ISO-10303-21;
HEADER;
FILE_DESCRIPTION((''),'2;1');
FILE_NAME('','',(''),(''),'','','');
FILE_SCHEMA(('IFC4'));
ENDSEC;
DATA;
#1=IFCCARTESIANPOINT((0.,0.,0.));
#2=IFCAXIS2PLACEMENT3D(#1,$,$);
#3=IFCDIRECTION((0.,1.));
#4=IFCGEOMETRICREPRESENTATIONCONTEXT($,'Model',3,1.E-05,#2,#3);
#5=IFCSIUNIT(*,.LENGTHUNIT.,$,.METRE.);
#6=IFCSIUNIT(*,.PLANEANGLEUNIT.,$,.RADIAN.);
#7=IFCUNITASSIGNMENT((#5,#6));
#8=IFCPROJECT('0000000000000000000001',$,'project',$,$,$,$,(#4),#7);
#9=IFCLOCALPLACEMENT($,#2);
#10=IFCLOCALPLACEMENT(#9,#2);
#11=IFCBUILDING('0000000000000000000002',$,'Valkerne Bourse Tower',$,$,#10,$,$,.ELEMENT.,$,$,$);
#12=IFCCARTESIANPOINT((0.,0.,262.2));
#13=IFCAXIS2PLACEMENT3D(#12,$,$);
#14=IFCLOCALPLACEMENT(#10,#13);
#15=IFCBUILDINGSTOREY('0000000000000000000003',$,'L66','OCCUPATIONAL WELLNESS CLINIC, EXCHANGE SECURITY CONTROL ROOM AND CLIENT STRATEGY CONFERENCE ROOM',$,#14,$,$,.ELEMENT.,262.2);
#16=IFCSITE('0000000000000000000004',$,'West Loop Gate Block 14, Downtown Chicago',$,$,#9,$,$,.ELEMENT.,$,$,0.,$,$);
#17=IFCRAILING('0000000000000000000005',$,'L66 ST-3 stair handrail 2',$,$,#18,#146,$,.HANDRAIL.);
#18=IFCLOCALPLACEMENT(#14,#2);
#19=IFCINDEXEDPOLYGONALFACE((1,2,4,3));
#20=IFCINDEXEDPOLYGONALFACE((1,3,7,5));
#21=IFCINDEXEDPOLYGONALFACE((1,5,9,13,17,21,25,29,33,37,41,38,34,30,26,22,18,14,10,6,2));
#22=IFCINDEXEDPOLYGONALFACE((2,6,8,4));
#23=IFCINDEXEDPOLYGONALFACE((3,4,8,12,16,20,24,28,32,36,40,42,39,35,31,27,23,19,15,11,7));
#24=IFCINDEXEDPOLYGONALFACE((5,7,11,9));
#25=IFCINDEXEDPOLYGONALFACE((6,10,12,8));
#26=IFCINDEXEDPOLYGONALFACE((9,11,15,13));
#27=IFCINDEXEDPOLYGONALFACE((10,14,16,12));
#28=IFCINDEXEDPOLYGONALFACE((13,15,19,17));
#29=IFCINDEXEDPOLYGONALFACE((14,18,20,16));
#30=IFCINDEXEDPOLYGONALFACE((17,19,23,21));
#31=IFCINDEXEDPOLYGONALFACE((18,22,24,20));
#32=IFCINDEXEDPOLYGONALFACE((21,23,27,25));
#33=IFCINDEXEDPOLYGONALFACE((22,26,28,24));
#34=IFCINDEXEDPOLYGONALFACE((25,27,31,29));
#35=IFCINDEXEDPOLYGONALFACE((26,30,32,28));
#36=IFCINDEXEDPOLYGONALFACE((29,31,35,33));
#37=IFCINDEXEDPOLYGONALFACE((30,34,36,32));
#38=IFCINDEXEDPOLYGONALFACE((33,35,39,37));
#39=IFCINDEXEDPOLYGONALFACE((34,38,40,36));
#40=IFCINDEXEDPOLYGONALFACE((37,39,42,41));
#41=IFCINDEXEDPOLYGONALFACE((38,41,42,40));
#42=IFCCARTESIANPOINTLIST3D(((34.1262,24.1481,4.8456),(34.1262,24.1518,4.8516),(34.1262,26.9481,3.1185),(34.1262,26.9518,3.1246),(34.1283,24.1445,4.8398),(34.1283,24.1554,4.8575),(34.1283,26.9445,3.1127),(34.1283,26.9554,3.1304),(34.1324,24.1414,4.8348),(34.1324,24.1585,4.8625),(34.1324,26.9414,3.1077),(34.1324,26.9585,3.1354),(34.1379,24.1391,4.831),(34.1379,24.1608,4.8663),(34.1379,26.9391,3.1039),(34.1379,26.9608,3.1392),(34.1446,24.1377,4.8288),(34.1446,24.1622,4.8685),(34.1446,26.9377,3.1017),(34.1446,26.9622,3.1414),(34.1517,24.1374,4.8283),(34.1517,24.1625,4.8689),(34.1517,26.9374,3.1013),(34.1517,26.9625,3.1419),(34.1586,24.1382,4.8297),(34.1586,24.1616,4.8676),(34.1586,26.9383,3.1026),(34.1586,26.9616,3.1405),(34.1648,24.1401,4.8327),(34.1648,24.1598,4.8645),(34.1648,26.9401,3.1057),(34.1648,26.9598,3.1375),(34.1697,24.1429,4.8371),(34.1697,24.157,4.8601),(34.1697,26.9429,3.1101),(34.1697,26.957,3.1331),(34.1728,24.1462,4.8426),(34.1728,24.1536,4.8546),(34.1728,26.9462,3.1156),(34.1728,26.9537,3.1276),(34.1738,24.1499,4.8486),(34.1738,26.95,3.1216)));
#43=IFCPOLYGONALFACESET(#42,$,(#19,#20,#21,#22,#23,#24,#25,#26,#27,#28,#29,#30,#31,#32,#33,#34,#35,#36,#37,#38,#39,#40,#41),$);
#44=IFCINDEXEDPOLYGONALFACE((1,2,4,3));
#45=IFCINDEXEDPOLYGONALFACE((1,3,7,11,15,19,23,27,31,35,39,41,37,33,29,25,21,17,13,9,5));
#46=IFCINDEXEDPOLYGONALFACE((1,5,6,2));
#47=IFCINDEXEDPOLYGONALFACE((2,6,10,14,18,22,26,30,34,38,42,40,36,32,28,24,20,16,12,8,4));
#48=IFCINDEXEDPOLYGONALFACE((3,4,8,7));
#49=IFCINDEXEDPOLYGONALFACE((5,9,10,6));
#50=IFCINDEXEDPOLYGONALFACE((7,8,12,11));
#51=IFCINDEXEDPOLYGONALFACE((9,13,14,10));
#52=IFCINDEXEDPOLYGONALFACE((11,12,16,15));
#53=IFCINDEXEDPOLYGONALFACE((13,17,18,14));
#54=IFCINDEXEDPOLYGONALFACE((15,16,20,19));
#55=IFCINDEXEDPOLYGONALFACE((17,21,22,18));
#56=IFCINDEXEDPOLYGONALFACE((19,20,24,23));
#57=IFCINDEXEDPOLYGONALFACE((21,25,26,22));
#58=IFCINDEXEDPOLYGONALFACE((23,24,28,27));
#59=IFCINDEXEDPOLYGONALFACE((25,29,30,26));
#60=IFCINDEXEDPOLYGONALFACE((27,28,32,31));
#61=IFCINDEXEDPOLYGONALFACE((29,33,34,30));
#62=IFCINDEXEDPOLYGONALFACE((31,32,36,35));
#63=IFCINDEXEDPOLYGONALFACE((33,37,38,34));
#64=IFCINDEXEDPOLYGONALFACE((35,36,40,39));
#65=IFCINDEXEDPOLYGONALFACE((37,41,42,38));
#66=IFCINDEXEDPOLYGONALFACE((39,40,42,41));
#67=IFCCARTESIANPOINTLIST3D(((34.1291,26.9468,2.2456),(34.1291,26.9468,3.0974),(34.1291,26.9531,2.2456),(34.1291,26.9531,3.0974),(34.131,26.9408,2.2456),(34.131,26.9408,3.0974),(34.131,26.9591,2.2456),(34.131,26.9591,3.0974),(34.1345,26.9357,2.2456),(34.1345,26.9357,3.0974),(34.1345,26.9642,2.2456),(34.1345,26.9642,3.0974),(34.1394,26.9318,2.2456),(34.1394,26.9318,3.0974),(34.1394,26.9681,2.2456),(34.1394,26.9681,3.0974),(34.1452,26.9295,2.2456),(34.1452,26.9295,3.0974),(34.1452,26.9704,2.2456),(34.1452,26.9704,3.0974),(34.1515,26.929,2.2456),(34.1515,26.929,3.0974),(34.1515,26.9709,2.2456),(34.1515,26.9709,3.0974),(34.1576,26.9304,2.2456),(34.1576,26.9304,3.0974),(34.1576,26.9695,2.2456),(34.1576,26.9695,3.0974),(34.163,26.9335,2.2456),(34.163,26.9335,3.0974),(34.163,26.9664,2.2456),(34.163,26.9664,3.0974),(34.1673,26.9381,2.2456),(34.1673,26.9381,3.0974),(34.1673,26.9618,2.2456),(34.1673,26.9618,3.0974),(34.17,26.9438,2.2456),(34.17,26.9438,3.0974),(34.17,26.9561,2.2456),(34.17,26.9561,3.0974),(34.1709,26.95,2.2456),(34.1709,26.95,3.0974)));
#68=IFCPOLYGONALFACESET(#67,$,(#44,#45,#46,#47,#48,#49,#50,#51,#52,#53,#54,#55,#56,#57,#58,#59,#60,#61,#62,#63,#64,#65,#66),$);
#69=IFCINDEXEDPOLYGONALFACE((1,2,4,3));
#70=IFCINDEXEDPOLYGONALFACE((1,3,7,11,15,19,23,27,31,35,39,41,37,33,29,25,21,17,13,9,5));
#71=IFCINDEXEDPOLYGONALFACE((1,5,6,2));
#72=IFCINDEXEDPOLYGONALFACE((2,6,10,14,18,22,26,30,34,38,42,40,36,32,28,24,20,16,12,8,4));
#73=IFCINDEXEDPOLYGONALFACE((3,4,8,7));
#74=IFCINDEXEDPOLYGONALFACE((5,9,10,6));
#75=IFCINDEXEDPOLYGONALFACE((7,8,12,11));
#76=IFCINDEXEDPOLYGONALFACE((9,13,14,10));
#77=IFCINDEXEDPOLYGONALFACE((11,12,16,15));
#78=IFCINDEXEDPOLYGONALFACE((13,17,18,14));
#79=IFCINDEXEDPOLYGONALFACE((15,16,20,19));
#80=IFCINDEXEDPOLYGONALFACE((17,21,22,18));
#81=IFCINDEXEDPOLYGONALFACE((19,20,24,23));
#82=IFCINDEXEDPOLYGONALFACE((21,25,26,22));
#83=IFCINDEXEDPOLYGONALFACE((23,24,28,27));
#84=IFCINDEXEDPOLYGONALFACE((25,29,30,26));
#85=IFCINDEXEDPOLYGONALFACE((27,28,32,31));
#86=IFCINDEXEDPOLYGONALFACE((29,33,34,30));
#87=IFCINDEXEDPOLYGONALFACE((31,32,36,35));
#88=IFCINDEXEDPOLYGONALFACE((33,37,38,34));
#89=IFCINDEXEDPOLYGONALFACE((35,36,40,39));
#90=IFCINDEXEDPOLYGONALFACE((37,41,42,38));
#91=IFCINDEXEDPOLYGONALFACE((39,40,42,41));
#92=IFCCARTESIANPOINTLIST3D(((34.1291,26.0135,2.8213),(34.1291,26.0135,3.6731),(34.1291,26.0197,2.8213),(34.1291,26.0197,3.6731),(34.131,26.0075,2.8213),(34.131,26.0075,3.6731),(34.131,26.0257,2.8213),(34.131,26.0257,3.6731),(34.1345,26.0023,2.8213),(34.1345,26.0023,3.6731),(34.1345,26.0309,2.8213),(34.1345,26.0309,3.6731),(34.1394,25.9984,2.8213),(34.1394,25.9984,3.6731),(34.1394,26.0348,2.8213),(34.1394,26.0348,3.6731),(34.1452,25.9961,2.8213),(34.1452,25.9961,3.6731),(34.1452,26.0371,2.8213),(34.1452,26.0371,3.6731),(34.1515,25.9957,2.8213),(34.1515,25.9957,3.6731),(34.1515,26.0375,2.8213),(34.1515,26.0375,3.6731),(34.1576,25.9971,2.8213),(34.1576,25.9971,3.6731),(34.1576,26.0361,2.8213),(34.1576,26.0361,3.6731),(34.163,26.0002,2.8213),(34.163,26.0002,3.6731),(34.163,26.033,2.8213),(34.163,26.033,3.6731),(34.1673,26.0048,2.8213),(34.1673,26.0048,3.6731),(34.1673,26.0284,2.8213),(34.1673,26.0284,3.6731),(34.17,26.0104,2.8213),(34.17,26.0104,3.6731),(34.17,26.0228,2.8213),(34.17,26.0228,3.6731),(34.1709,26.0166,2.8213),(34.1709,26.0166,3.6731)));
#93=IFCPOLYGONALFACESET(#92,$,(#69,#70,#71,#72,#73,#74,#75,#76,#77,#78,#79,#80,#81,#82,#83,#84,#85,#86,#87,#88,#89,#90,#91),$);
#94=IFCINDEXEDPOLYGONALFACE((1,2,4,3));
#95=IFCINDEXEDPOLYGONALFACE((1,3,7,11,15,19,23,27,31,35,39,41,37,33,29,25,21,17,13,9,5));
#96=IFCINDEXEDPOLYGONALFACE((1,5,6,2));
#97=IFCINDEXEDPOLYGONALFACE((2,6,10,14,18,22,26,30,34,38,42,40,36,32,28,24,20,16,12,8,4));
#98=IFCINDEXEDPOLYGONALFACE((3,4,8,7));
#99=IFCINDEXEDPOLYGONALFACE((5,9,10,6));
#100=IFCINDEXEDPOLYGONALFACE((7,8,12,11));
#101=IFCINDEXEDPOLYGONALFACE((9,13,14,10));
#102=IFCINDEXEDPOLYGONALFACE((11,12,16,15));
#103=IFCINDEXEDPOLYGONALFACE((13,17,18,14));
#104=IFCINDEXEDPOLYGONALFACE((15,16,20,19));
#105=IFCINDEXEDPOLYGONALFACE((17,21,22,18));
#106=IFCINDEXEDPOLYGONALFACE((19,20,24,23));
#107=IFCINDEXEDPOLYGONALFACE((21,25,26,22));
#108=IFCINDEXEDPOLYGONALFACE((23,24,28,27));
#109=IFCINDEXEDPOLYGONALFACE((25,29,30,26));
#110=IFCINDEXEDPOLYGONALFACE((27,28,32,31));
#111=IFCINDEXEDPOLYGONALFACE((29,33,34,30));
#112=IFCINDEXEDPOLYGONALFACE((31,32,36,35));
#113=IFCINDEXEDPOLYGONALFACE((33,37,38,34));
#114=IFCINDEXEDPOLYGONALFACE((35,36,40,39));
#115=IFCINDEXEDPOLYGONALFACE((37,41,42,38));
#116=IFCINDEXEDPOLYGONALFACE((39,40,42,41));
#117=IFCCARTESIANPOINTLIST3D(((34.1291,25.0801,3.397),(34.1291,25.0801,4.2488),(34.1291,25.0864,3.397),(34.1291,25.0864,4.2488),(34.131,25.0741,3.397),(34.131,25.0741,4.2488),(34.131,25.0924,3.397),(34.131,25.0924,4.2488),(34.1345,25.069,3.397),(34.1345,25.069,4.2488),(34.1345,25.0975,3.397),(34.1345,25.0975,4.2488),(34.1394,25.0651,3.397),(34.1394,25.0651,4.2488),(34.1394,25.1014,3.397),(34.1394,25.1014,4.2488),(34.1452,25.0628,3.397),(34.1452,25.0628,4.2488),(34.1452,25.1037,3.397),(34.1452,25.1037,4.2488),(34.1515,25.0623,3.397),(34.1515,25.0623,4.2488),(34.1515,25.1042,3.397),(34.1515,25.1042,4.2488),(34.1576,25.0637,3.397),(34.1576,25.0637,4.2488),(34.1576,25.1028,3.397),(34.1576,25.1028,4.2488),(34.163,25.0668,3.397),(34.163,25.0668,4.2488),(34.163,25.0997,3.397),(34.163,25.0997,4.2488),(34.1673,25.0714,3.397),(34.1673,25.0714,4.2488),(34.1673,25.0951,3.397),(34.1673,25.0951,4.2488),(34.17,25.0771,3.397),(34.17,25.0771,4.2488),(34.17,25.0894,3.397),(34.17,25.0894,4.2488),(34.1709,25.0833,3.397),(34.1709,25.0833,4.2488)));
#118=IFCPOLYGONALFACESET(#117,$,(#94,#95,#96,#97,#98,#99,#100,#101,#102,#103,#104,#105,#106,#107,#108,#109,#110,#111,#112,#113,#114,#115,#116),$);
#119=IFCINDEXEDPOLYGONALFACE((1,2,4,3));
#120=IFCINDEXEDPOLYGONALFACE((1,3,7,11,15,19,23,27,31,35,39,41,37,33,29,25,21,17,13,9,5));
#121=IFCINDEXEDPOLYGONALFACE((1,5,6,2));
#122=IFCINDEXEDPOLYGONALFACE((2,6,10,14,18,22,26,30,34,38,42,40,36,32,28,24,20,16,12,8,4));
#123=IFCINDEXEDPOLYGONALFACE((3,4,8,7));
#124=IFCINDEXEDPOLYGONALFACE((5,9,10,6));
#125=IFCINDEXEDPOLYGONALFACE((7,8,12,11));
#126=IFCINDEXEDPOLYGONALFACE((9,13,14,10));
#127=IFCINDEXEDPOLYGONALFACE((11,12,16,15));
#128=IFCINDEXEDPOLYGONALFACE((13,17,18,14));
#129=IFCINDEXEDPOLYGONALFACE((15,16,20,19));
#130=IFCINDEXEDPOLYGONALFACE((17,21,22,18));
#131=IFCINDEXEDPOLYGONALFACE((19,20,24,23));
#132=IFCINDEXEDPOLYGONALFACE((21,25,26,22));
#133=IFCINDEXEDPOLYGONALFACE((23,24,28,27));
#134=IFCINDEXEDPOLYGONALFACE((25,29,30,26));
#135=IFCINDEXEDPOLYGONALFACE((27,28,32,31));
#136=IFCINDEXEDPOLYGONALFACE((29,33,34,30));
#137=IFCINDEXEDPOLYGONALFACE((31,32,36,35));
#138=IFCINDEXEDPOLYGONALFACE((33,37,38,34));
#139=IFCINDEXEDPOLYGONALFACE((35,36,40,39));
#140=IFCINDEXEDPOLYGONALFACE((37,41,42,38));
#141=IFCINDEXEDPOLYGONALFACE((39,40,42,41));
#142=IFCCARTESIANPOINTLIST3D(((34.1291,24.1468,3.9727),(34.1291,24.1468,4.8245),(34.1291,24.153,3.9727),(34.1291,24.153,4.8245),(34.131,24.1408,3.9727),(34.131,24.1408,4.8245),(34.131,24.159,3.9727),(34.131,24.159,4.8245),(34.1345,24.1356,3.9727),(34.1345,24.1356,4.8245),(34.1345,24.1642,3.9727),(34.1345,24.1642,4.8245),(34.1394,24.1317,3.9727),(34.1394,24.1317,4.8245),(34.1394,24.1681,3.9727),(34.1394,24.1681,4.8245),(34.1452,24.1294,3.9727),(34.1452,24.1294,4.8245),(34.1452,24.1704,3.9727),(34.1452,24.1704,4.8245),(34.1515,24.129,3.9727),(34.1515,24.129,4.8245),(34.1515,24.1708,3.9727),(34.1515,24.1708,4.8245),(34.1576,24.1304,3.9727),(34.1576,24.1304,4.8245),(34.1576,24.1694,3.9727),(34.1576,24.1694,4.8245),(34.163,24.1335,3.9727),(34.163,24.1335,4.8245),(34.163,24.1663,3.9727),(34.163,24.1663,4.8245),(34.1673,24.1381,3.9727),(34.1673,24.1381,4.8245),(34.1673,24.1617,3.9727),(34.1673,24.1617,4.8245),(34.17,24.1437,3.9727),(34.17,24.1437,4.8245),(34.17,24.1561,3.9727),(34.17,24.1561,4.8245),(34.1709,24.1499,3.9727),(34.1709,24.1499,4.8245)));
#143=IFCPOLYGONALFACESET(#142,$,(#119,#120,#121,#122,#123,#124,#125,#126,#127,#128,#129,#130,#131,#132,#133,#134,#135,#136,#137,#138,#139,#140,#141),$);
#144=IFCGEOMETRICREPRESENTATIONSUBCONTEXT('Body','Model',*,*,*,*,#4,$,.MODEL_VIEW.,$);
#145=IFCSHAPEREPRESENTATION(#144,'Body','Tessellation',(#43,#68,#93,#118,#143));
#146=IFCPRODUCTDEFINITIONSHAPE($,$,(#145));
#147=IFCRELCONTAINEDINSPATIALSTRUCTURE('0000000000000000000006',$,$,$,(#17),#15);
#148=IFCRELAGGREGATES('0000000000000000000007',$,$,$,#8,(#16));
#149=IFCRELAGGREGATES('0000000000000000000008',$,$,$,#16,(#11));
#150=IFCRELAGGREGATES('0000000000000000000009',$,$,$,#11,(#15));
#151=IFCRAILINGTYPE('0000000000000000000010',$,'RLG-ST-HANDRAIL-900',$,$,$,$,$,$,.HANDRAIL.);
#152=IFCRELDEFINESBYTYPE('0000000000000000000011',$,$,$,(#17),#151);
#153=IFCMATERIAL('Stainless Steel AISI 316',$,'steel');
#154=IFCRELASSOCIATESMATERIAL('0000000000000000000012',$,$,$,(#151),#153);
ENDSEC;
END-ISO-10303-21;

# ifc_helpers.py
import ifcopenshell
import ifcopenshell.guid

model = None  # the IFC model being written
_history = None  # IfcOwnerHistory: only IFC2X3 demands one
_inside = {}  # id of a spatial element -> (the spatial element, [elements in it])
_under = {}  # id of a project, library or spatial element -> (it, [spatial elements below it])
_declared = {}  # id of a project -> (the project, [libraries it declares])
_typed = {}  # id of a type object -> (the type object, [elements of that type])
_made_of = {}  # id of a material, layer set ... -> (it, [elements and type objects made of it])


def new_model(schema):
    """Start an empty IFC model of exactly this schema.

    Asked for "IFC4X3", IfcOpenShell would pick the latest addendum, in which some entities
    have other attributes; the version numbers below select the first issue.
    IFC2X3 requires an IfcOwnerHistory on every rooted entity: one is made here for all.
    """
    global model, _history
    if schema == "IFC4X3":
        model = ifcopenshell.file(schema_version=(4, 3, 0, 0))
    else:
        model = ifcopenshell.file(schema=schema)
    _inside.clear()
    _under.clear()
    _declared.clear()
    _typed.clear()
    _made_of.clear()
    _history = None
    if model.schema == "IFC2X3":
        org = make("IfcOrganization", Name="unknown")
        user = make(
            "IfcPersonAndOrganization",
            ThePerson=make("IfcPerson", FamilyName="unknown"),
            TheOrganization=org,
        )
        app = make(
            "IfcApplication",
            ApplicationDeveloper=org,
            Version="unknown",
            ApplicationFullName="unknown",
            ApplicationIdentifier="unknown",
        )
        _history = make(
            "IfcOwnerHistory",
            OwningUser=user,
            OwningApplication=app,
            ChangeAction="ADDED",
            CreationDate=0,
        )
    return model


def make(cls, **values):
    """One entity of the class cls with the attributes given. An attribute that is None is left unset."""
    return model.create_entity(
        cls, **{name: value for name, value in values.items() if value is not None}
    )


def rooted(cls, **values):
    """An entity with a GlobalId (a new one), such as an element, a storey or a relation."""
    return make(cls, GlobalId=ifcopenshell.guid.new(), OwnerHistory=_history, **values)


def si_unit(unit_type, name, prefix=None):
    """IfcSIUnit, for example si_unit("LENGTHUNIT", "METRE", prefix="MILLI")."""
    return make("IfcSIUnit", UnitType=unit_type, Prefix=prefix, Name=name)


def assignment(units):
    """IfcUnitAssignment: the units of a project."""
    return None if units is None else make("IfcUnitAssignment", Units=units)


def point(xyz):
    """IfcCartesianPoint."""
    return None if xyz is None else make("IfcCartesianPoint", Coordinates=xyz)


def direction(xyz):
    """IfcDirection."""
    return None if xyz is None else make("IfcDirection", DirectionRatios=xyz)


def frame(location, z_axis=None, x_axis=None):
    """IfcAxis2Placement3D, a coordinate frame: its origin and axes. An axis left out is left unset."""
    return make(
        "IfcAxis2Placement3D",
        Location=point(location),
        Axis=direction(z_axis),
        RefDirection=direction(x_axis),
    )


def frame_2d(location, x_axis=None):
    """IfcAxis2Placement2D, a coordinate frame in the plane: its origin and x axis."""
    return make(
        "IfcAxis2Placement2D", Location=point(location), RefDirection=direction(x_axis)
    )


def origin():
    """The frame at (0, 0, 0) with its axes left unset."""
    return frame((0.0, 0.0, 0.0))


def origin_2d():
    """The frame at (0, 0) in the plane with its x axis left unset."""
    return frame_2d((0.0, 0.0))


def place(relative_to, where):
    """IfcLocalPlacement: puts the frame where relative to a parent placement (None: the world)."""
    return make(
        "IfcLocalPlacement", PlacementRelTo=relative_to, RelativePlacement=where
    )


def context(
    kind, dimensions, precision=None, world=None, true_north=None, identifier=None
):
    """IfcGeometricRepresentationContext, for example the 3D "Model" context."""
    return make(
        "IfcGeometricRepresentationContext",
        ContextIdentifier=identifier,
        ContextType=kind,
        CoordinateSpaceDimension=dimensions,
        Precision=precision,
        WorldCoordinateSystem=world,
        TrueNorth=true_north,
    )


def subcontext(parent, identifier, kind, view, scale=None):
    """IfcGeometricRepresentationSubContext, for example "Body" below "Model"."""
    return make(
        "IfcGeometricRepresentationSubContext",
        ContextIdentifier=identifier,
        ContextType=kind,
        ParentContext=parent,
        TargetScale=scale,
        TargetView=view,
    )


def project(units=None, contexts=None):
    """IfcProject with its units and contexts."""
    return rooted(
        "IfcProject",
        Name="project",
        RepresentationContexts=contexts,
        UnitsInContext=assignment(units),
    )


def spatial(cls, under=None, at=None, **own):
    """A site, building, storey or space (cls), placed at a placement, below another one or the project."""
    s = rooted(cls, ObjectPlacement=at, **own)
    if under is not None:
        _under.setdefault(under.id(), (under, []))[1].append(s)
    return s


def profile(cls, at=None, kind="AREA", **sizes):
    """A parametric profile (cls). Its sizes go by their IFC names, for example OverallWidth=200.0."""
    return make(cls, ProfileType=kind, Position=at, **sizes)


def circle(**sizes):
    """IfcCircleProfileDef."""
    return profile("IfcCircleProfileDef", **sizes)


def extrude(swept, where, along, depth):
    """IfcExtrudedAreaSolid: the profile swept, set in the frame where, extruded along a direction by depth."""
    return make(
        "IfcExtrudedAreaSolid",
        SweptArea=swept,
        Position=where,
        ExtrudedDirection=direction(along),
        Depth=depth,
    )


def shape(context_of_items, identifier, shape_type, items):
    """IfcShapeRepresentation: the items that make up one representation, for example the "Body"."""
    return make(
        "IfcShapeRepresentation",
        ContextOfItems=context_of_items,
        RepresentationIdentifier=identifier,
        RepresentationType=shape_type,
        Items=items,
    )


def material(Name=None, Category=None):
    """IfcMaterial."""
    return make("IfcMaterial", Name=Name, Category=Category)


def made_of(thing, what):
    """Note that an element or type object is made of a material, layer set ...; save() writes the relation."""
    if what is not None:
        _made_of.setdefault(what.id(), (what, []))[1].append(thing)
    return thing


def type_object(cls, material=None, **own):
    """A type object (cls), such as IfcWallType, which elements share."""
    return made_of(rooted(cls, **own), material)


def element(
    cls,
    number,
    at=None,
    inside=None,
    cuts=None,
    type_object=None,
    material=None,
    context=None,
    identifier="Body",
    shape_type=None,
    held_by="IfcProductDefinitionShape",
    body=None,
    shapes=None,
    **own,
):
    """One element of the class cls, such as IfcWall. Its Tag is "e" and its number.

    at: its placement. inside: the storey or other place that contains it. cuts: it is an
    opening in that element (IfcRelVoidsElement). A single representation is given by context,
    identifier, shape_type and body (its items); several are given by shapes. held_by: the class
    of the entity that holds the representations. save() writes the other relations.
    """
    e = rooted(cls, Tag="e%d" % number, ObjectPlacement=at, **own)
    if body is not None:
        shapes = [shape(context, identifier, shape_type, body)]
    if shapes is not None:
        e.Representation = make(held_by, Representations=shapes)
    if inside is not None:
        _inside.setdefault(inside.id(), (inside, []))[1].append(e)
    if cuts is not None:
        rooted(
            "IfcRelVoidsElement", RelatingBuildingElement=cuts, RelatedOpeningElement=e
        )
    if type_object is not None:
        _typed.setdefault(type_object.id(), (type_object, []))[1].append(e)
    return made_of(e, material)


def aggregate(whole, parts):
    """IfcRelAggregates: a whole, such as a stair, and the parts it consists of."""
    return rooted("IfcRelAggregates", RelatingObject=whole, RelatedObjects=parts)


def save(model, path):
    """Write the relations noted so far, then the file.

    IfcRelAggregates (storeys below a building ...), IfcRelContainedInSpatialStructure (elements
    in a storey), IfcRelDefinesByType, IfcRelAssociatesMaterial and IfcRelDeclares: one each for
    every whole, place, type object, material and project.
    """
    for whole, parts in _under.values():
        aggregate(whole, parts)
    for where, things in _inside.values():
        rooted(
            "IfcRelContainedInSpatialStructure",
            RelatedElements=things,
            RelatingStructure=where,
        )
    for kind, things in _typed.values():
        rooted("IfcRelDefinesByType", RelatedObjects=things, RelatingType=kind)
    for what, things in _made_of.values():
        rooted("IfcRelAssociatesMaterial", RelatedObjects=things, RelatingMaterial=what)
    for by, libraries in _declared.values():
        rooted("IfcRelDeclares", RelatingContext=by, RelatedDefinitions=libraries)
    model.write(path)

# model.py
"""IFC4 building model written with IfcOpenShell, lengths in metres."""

from ifc_helpers import new_model, si_unit, direction, frame, origin, origin_2d, place, context, subcontext, project, spatial, circle, extrude, material, type_object, element, save


model = new_model("IFC4")

# Units and contexts
model_context = context("Model", 3, precision=1e-05, world=origin(), true_north=direction((0.0, 1.0)))
body_context = subcontext(model_context, "Body", "Model", "MODEL_VIEW")
ifc_project = project(units=[si_unit("LENGTHUNIT", "METRE"), si_unit("PLANEANGLEUNIT", "RADIAN")], contexts=[model_context])

# Site, building, storey
site_placement = place(None, origin())
site = spatial("IfcSite", under=ifc_project, at=site_placement, Name="West Loop Gate Block 14, Downtown Chicago", CompositionType="ELEMENT", RefElevation=0.0)
building_placement = place(site_placement, origin())
building = spatial("IfcBuilding", under=site, at=building_placement, Name="Valkerne Bourse Tower", CompositionType="ELEMENT")
storey_placement = place(building_placement, frame((0.0, 0.0, 262.2)))
storey = spatial("IfcBuildingStorey", under=building, at=storey_placement, Name="L66", Description="OCCUPATIONAL WELLNESS CLINIC, EXCHANGE SECURITY CONTROL ROOM AND CLIENT STRATEGY CONFERENCE ROOM", CompositionType="ELEMENT", Elevation=262.2)

# Railing
ifc_material_1 = material(Name="Stainless Steel AISI 316", Category="steel")
railing_type_1 = type_object("IfcRailingType", Name="RLG-ST-HANDRAIL-900", PredefinedType="HANDRAIL", material=ifc_material_1)
railing_1_placement = place(storey_placement, frame((34.1499, 26.95, 2.2456)))
element("IfcRailing", 1, at=railing_1_placement, inside=storey, type_object=railing_type_1, Name="L66 ST-3 stair handrail 2", PredefinedType="HANDRAIL", context=body_context, shape_type="SweptSolid", body=[
    extrude(circle(Radius=0.0239, at=origin_2d()), frame((0.0, 0.0, 0.876), z_axis=(0.0, -0.851123, 0.524967), x_axis=(1.0, 0.0, 0.0)), (0.0, 0.0, 1.0), 3.2898),
    extrude(circle(Radius=0.021, at=origin_2d()), origin(), (0.0, 0.0, 1.0), 0.8518),
    extrude(circle(Radius=0.021, at=origin_2d()), frame((0.0, -0.9333, 0.5757)), (0.0, 0.0, 1.0), 0.8518),
    extrude(circle(Radius=0.021, at=origin_2d()), frame((0.0, -1.8667, 1.1514)), (0.0, 0.0, 1.0), 0.8518),
    extrude(circle(Radius=0.021, at=origin_2d()), frame((0.0, -2.8, 1.7271)), (0.0, 0.0, 1.0), 0.8518),
])

save(model, "model.ifc")
